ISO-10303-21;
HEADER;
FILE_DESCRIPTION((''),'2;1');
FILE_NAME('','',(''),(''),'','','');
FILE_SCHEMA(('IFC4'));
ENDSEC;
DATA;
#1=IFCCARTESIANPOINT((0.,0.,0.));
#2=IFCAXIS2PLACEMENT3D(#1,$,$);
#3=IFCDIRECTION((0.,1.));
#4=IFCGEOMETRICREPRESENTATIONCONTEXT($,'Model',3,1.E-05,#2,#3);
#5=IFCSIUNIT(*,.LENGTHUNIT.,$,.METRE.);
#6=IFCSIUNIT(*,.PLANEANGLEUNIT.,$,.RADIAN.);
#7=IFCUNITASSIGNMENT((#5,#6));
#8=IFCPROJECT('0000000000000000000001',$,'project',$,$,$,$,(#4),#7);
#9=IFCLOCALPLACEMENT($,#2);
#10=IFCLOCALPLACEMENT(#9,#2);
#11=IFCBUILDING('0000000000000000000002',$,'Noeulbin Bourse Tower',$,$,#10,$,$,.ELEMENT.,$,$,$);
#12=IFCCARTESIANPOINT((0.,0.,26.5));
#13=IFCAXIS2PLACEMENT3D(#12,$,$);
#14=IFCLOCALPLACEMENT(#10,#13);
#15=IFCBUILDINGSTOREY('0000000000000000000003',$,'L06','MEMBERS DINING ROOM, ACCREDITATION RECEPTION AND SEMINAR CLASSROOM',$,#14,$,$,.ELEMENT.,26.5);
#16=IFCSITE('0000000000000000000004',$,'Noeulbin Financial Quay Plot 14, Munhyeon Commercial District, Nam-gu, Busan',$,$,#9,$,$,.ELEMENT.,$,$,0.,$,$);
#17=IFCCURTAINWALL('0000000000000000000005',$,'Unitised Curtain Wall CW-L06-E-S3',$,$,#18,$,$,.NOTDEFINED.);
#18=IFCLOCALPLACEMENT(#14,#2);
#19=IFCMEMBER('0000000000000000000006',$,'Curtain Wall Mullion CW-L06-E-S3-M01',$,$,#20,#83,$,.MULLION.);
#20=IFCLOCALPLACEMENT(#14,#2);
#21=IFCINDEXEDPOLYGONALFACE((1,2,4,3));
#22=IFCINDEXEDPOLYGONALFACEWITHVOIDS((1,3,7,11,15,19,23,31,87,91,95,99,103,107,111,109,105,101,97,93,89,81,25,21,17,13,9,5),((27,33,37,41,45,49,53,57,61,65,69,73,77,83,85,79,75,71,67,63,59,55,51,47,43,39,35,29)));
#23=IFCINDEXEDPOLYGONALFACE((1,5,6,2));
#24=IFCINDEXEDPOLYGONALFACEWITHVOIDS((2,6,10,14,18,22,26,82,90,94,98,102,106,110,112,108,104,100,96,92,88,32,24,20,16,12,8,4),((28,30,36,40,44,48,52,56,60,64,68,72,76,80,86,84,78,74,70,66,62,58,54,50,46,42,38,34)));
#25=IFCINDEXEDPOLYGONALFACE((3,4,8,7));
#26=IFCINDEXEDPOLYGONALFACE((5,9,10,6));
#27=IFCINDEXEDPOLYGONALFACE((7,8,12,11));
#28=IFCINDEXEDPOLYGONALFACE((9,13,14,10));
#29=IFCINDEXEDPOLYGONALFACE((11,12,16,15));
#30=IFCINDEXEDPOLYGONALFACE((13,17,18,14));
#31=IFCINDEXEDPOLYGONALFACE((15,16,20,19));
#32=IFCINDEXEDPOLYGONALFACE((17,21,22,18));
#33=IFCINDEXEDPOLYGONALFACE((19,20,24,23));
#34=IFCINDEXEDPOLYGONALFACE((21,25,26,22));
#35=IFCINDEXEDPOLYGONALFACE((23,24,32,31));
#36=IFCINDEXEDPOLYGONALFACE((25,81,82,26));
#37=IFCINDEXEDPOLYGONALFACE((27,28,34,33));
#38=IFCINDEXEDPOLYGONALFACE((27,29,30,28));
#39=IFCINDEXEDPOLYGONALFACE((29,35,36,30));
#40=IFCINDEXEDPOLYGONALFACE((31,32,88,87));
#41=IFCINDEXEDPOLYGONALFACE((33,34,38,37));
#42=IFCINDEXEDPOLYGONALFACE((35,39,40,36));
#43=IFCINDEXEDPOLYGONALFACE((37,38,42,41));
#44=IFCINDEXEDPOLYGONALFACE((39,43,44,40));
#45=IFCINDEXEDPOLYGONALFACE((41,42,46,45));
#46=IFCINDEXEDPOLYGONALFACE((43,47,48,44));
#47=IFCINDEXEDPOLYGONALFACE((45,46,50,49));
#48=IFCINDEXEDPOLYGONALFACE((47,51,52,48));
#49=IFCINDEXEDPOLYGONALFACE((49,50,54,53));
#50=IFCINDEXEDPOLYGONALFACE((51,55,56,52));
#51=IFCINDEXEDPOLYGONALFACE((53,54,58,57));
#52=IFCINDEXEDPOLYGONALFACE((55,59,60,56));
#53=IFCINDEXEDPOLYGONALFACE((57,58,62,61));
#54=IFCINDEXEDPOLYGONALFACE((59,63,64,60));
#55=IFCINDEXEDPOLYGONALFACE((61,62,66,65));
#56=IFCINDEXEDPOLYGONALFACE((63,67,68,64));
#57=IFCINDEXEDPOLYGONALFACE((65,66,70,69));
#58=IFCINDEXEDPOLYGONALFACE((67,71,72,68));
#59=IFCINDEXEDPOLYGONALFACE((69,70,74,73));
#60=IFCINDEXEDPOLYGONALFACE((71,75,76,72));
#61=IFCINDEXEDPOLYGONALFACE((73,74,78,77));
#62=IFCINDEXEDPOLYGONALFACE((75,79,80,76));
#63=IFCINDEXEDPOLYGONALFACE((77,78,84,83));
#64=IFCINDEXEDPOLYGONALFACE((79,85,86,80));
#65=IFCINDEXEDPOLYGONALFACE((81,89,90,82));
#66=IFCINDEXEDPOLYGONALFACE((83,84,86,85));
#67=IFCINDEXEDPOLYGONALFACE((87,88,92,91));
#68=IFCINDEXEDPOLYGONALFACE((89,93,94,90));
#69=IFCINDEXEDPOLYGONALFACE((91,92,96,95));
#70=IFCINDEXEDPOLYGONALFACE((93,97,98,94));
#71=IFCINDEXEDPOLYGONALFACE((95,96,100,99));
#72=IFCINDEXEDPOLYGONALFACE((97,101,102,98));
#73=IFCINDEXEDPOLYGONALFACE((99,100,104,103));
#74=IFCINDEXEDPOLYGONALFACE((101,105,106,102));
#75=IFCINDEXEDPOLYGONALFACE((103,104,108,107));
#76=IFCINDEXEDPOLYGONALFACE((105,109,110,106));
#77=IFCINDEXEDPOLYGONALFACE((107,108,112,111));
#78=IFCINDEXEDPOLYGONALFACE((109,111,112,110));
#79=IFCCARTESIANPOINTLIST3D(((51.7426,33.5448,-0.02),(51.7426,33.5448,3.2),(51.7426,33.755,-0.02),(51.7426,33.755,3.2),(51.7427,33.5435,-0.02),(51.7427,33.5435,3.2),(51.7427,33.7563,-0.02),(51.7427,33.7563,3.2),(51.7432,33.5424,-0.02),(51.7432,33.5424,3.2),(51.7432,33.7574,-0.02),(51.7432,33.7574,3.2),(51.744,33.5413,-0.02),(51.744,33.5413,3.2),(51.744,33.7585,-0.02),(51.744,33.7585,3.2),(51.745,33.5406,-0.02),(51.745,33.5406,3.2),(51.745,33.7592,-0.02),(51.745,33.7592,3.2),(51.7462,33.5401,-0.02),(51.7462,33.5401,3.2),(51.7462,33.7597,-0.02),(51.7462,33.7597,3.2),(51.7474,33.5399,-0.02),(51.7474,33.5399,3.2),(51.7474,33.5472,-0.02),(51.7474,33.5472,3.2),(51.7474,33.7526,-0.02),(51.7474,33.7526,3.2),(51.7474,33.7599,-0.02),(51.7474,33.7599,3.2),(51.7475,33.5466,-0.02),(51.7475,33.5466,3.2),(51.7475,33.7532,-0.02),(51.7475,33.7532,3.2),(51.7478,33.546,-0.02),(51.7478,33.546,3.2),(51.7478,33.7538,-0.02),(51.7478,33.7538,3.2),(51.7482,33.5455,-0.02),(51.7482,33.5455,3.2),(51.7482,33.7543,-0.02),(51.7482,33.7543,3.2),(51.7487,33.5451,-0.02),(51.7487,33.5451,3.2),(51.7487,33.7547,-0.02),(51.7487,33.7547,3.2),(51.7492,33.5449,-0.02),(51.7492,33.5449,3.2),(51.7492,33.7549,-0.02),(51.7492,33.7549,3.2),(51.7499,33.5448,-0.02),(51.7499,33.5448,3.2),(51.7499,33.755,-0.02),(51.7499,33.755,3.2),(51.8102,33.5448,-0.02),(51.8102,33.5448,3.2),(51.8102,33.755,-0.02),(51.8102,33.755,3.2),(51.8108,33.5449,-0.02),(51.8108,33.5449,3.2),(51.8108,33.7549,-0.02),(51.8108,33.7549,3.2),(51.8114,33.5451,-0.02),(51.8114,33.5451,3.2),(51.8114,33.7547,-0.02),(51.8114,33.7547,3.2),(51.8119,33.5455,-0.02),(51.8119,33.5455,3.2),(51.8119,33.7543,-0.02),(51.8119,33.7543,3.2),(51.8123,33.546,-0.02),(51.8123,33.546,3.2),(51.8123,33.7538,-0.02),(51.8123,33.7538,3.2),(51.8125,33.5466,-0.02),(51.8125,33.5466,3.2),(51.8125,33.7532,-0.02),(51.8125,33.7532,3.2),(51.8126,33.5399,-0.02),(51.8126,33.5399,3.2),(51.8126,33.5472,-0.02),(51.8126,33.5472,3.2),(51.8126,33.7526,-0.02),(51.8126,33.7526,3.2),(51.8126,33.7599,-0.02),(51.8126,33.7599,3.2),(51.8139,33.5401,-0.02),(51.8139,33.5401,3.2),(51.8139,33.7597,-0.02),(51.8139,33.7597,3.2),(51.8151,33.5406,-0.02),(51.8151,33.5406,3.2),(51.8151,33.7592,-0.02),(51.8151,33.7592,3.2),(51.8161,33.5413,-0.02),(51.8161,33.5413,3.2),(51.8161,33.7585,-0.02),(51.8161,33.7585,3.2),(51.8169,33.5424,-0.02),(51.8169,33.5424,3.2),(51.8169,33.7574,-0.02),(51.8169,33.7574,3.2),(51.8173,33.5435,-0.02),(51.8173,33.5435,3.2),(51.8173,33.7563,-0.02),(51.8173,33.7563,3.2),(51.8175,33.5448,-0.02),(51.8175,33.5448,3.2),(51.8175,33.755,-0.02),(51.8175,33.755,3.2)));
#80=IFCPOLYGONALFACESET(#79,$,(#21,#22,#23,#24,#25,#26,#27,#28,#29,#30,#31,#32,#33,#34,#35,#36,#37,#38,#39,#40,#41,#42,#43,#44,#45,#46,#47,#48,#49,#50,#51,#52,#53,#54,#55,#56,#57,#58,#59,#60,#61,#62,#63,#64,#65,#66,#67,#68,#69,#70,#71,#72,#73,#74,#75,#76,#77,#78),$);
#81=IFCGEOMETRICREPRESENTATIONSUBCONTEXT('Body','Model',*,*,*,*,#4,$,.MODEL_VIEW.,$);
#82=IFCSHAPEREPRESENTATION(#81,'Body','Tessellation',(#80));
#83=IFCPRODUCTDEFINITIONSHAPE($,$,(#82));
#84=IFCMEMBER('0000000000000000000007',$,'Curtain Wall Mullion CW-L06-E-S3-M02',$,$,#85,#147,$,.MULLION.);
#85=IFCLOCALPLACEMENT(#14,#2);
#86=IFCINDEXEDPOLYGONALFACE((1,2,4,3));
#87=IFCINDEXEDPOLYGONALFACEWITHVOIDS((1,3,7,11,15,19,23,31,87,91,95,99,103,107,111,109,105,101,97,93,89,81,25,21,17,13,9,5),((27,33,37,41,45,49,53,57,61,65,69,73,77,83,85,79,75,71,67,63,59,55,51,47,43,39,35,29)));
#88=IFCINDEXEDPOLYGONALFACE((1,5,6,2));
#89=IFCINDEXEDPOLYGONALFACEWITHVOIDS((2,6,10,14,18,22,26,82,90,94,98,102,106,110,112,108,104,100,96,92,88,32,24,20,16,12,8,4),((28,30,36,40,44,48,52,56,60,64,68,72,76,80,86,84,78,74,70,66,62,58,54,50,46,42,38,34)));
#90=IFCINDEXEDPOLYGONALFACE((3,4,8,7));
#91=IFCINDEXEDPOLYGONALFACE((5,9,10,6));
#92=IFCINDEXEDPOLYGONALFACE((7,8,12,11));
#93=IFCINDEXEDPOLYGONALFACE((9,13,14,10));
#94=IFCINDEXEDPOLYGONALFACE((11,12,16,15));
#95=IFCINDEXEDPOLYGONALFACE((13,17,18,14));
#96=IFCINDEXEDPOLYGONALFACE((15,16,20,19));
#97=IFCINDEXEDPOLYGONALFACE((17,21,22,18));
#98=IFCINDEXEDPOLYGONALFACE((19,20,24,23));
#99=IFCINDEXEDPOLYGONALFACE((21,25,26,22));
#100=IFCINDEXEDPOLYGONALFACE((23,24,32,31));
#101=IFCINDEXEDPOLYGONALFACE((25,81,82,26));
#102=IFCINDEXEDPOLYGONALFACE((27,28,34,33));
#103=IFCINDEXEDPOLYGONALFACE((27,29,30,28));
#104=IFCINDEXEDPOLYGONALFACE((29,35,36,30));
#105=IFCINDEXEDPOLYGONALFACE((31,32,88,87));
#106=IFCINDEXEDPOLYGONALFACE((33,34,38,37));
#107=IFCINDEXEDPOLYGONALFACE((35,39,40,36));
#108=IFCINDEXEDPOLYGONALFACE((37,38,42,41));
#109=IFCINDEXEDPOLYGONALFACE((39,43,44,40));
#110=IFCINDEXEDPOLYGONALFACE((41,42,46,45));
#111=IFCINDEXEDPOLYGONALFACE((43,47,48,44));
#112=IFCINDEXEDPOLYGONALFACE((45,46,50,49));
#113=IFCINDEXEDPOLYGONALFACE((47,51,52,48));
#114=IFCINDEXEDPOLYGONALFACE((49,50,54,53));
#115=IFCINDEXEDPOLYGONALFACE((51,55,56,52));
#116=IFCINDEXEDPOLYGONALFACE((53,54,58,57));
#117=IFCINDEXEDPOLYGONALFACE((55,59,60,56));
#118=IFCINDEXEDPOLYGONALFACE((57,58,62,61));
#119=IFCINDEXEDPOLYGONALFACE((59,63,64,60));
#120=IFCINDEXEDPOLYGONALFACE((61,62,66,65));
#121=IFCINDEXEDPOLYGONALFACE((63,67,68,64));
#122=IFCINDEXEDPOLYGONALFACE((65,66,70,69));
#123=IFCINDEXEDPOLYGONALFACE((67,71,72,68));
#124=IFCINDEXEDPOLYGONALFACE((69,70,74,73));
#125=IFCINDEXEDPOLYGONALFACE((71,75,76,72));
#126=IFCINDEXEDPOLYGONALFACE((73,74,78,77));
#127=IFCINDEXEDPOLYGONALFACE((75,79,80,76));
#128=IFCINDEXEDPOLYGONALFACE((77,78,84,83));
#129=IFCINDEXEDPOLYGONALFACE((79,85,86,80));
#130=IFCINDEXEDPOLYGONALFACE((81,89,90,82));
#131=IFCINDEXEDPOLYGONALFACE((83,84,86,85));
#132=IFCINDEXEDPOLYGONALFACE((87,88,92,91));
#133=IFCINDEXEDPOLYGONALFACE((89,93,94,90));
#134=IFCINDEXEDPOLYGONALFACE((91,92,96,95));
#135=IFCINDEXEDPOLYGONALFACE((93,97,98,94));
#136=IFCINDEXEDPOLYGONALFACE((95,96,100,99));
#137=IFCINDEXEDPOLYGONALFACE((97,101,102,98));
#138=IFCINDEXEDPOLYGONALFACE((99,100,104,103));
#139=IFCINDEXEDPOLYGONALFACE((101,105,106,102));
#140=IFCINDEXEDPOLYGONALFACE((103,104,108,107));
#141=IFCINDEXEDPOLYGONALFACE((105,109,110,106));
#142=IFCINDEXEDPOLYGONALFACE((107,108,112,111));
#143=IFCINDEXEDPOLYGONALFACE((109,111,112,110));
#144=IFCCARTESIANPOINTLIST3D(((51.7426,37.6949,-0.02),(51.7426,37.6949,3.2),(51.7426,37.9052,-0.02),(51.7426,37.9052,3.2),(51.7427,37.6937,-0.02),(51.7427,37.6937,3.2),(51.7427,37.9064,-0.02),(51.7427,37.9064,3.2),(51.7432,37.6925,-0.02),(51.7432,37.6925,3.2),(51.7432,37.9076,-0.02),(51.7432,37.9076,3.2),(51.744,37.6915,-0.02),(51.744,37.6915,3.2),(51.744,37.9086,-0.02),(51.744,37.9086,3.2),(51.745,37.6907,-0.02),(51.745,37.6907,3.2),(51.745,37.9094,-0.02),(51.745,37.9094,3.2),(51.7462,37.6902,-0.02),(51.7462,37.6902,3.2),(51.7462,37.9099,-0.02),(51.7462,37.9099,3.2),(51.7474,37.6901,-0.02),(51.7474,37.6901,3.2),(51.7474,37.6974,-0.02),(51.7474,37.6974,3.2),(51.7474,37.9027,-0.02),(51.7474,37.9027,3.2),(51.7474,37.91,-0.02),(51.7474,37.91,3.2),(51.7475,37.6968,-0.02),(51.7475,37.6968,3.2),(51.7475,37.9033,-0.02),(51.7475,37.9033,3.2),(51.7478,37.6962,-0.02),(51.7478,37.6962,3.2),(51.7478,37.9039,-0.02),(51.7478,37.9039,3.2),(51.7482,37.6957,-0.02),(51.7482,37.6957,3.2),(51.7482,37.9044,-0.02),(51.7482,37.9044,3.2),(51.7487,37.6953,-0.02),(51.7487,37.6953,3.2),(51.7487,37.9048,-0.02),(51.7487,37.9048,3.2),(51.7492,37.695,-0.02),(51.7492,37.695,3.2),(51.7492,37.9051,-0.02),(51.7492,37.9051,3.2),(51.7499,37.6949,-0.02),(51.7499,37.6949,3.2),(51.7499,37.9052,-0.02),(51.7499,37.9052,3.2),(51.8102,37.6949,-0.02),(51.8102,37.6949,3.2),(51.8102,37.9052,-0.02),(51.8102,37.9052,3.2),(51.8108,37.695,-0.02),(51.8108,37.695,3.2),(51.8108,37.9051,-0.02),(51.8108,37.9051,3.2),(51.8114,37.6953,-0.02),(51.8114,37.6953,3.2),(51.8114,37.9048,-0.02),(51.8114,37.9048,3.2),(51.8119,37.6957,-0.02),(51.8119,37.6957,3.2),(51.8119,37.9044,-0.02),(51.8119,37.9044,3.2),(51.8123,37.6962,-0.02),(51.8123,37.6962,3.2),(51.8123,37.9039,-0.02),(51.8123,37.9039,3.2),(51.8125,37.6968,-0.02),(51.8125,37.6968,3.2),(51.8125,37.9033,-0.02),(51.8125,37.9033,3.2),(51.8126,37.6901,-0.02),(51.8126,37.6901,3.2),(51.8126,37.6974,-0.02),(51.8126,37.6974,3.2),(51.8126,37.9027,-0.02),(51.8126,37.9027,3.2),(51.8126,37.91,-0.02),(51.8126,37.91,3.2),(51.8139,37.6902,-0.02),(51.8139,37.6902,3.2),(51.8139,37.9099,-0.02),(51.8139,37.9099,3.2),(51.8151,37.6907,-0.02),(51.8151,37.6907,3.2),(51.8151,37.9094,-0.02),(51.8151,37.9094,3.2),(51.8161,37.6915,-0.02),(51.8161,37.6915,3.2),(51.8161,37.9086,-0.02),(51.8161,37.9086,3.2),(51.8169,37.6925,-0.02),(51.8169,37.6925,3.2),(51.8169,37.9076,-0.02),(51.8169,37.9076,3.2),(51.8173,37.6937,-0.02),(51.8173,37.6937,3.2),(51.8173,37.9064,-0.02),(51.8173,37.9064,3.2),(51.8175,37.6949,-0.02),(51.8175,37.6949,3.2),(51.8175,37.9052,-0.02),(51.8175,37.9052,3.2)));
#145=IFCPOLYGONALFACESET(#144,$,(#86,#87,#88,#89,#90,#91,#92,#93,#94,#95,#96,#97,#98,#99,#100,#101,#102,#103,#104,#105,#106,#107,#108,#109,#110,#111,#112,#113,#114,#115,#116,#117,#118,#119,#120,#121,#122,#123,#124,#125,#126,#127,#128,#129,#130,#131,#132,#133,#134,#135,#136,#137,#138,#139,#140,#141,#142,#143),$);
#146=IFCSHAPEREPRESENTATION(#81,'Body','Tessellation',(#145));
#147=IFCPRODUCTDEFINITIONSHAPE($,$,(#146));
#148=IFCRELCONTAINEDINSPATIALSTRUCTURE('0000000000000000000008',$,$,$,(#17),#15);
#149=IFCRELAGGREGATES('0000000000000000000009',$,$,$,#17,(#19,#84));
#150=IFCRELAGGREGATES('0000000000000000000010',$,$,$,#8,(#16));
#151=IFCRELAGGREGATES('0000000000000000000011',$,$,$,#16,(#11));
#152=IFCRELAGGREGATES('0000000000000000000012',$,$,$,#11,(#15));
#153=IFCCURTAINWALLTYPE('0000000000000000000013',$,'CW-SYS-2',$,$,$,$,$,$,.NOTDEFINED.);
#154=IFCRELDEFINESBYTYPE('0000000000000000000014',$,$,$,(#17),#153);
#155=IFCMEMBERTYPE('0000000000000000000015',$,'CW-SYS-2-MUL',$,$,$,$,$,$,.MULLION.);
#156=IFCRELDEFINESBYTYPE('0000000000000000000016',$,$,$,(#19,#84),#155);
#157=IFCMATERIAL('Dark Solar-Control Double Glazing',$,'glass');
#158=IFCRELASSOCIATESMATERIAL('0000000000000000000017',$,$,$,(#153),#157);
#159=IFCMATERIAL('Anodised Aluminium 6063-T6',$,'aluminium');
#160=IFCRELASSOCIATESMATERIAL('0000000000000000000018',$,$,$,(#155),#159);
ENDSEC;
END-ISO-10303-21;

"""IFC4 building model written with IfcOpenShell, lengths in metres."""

from ifc_helpers import new_model, si_unit, direction, frame, origin, origin_2d, place, context, subcontext, project, spatial, hollow_rectangle, extrude, material, material_profile, profile_set, type_object, element, aggregate, save


model = new_model("IFC4")

# Units and contexts
model_context = context("Model", 3, precision=1e-05, world=origin(), true_north=direction((0.0, 1.0)))
body_context = subcontext(model_context, "Body", "Model", "MODEL_VIEW")
ifc_project = project(units=[si_unit("LENGTHUNIT", "METRE"), si_unit("PLANEANGLEUNIT", "RADIAN")], contexts=[model_context])

# Site, building, storey
site_placement = place(None, origin())
site = spatial("IfcSite", under=ifc_project, at=site_placement, Name="Noeulbin Financial Quay Plot 14, Munhyeon Commercial District, Nam-gu, Busan", CompositionType="ELEMENT", RefElevation=0.0)
building_placement = place(site_placement, origin())
building = spatial("IfcBuilding", under=site, at=building_placement, Name="Noeulbin Bourse Tower", CompositionType="ELEMENT")
storey_placement = place(building_placement, frame((0.0, 0.0, 26.5)))
storey = spatial("IfcBuildingStorey", under=building, at=storey_placement, Name="L06", Description="MEMBERS DINING ROOM, ACCREDITATION RECEPTION AND SEMINAR CLASSROOM", CompositionType="ELEMENT", Elevation=26.5)

# Shared definitions
ifc_material_1 = material(Name="Dark Solar-Control Double Glazing", Category="glass")
curtain_wall_type = type_object("IfcCurtainWallType", Name="CW-SYS-2", PredefinedType="NOTDEFINED", material=ifc_material_1)
ifc_material_2 = material(Name="Anodised Aluminium 6063-T6", Category="aluminium")
ifc_material_profile_1 = material_profile(ifc_material_2, hollow_rectangle(XDim=0.075, YDim=0.22, WallThickness=0.0049, InnerFilletRadius=0.0024, OuterFilletRadius=0.0049, at=origin_2d()), Name="ALU-MULL-75x220x5", Category="LoadBearing")
ifc_profile_set_1 = profile_set([ifc_material_profile_1], Name="Anodised Aluminium 6063-T6")
member_type_1 = type_object("IfcMemberType", Name="CW-SYS-2-MUL", PredefinedType="MULLION", material=ifc_profile_set_1)

# Curtain wall, members
curtain_wall_1_placement = place(storey_placement, origin())
curtain_wall_1 = element("IfcCurtainWall", 1, at=curtain_wall_1_placement, inside=storey, type_object=curtain_wall_type, Name="Unitised Curtain Wall CW-L06-E-S3", PredefinedType="NOTDEFINED")
member_1_placement = place(storey_placement, frame((51.78, 33.6499, -0.02), z_axis=(0.0, 0.0, 1.0), x_axis=(1.0, 0.0, 0.0)))
member_1 = element("IfcMember", 2, at=member_1_placement, type_object=member_type_1, Name="Curtain Wall Mullion CW-L06-E-S3-M01", PredefinedType="MULLION", context=body_context, shape_type="SweptSolid", body=[
    extrude(hollow_rectangle(XDim=0.075, YDim=0.22, WallThickness=0.0049, InnerFilletRadius=0.0024, OuterFilletRadius=0.0049, at=origin_2d()), origin(), (0.0, 0.0, 1.0), 3.22),
])
member_2_placement = place(storey_placement, frame((51.78, 37.8, -0.02), z_axis=(0.0, 0.0, 1.0), x_axis=(1.0, 0.0, 0.0)))
member_2 = element("IfcMember", 3, at=member_2_placement, type_object=member_type_1, Name="Curtain Wall Mullion CW-L06-E-S3-M02", PredefinedType="MULLION", context=body_context, shape_type="SweptSolid", body=[
    extrude(hollow_rectangle(XDim=0.075, YDim=0.22, WallThickness=0.0049, InnerFilletRadius=0.0024, OuterFilletRadius=0.0049, at=origin_2d()), origin(), (0.0, 0.0, 1.0), 3.22),
])

aggregate(curtain_wall_1, [member_1, member_2])

save(model, "model.ifc")
